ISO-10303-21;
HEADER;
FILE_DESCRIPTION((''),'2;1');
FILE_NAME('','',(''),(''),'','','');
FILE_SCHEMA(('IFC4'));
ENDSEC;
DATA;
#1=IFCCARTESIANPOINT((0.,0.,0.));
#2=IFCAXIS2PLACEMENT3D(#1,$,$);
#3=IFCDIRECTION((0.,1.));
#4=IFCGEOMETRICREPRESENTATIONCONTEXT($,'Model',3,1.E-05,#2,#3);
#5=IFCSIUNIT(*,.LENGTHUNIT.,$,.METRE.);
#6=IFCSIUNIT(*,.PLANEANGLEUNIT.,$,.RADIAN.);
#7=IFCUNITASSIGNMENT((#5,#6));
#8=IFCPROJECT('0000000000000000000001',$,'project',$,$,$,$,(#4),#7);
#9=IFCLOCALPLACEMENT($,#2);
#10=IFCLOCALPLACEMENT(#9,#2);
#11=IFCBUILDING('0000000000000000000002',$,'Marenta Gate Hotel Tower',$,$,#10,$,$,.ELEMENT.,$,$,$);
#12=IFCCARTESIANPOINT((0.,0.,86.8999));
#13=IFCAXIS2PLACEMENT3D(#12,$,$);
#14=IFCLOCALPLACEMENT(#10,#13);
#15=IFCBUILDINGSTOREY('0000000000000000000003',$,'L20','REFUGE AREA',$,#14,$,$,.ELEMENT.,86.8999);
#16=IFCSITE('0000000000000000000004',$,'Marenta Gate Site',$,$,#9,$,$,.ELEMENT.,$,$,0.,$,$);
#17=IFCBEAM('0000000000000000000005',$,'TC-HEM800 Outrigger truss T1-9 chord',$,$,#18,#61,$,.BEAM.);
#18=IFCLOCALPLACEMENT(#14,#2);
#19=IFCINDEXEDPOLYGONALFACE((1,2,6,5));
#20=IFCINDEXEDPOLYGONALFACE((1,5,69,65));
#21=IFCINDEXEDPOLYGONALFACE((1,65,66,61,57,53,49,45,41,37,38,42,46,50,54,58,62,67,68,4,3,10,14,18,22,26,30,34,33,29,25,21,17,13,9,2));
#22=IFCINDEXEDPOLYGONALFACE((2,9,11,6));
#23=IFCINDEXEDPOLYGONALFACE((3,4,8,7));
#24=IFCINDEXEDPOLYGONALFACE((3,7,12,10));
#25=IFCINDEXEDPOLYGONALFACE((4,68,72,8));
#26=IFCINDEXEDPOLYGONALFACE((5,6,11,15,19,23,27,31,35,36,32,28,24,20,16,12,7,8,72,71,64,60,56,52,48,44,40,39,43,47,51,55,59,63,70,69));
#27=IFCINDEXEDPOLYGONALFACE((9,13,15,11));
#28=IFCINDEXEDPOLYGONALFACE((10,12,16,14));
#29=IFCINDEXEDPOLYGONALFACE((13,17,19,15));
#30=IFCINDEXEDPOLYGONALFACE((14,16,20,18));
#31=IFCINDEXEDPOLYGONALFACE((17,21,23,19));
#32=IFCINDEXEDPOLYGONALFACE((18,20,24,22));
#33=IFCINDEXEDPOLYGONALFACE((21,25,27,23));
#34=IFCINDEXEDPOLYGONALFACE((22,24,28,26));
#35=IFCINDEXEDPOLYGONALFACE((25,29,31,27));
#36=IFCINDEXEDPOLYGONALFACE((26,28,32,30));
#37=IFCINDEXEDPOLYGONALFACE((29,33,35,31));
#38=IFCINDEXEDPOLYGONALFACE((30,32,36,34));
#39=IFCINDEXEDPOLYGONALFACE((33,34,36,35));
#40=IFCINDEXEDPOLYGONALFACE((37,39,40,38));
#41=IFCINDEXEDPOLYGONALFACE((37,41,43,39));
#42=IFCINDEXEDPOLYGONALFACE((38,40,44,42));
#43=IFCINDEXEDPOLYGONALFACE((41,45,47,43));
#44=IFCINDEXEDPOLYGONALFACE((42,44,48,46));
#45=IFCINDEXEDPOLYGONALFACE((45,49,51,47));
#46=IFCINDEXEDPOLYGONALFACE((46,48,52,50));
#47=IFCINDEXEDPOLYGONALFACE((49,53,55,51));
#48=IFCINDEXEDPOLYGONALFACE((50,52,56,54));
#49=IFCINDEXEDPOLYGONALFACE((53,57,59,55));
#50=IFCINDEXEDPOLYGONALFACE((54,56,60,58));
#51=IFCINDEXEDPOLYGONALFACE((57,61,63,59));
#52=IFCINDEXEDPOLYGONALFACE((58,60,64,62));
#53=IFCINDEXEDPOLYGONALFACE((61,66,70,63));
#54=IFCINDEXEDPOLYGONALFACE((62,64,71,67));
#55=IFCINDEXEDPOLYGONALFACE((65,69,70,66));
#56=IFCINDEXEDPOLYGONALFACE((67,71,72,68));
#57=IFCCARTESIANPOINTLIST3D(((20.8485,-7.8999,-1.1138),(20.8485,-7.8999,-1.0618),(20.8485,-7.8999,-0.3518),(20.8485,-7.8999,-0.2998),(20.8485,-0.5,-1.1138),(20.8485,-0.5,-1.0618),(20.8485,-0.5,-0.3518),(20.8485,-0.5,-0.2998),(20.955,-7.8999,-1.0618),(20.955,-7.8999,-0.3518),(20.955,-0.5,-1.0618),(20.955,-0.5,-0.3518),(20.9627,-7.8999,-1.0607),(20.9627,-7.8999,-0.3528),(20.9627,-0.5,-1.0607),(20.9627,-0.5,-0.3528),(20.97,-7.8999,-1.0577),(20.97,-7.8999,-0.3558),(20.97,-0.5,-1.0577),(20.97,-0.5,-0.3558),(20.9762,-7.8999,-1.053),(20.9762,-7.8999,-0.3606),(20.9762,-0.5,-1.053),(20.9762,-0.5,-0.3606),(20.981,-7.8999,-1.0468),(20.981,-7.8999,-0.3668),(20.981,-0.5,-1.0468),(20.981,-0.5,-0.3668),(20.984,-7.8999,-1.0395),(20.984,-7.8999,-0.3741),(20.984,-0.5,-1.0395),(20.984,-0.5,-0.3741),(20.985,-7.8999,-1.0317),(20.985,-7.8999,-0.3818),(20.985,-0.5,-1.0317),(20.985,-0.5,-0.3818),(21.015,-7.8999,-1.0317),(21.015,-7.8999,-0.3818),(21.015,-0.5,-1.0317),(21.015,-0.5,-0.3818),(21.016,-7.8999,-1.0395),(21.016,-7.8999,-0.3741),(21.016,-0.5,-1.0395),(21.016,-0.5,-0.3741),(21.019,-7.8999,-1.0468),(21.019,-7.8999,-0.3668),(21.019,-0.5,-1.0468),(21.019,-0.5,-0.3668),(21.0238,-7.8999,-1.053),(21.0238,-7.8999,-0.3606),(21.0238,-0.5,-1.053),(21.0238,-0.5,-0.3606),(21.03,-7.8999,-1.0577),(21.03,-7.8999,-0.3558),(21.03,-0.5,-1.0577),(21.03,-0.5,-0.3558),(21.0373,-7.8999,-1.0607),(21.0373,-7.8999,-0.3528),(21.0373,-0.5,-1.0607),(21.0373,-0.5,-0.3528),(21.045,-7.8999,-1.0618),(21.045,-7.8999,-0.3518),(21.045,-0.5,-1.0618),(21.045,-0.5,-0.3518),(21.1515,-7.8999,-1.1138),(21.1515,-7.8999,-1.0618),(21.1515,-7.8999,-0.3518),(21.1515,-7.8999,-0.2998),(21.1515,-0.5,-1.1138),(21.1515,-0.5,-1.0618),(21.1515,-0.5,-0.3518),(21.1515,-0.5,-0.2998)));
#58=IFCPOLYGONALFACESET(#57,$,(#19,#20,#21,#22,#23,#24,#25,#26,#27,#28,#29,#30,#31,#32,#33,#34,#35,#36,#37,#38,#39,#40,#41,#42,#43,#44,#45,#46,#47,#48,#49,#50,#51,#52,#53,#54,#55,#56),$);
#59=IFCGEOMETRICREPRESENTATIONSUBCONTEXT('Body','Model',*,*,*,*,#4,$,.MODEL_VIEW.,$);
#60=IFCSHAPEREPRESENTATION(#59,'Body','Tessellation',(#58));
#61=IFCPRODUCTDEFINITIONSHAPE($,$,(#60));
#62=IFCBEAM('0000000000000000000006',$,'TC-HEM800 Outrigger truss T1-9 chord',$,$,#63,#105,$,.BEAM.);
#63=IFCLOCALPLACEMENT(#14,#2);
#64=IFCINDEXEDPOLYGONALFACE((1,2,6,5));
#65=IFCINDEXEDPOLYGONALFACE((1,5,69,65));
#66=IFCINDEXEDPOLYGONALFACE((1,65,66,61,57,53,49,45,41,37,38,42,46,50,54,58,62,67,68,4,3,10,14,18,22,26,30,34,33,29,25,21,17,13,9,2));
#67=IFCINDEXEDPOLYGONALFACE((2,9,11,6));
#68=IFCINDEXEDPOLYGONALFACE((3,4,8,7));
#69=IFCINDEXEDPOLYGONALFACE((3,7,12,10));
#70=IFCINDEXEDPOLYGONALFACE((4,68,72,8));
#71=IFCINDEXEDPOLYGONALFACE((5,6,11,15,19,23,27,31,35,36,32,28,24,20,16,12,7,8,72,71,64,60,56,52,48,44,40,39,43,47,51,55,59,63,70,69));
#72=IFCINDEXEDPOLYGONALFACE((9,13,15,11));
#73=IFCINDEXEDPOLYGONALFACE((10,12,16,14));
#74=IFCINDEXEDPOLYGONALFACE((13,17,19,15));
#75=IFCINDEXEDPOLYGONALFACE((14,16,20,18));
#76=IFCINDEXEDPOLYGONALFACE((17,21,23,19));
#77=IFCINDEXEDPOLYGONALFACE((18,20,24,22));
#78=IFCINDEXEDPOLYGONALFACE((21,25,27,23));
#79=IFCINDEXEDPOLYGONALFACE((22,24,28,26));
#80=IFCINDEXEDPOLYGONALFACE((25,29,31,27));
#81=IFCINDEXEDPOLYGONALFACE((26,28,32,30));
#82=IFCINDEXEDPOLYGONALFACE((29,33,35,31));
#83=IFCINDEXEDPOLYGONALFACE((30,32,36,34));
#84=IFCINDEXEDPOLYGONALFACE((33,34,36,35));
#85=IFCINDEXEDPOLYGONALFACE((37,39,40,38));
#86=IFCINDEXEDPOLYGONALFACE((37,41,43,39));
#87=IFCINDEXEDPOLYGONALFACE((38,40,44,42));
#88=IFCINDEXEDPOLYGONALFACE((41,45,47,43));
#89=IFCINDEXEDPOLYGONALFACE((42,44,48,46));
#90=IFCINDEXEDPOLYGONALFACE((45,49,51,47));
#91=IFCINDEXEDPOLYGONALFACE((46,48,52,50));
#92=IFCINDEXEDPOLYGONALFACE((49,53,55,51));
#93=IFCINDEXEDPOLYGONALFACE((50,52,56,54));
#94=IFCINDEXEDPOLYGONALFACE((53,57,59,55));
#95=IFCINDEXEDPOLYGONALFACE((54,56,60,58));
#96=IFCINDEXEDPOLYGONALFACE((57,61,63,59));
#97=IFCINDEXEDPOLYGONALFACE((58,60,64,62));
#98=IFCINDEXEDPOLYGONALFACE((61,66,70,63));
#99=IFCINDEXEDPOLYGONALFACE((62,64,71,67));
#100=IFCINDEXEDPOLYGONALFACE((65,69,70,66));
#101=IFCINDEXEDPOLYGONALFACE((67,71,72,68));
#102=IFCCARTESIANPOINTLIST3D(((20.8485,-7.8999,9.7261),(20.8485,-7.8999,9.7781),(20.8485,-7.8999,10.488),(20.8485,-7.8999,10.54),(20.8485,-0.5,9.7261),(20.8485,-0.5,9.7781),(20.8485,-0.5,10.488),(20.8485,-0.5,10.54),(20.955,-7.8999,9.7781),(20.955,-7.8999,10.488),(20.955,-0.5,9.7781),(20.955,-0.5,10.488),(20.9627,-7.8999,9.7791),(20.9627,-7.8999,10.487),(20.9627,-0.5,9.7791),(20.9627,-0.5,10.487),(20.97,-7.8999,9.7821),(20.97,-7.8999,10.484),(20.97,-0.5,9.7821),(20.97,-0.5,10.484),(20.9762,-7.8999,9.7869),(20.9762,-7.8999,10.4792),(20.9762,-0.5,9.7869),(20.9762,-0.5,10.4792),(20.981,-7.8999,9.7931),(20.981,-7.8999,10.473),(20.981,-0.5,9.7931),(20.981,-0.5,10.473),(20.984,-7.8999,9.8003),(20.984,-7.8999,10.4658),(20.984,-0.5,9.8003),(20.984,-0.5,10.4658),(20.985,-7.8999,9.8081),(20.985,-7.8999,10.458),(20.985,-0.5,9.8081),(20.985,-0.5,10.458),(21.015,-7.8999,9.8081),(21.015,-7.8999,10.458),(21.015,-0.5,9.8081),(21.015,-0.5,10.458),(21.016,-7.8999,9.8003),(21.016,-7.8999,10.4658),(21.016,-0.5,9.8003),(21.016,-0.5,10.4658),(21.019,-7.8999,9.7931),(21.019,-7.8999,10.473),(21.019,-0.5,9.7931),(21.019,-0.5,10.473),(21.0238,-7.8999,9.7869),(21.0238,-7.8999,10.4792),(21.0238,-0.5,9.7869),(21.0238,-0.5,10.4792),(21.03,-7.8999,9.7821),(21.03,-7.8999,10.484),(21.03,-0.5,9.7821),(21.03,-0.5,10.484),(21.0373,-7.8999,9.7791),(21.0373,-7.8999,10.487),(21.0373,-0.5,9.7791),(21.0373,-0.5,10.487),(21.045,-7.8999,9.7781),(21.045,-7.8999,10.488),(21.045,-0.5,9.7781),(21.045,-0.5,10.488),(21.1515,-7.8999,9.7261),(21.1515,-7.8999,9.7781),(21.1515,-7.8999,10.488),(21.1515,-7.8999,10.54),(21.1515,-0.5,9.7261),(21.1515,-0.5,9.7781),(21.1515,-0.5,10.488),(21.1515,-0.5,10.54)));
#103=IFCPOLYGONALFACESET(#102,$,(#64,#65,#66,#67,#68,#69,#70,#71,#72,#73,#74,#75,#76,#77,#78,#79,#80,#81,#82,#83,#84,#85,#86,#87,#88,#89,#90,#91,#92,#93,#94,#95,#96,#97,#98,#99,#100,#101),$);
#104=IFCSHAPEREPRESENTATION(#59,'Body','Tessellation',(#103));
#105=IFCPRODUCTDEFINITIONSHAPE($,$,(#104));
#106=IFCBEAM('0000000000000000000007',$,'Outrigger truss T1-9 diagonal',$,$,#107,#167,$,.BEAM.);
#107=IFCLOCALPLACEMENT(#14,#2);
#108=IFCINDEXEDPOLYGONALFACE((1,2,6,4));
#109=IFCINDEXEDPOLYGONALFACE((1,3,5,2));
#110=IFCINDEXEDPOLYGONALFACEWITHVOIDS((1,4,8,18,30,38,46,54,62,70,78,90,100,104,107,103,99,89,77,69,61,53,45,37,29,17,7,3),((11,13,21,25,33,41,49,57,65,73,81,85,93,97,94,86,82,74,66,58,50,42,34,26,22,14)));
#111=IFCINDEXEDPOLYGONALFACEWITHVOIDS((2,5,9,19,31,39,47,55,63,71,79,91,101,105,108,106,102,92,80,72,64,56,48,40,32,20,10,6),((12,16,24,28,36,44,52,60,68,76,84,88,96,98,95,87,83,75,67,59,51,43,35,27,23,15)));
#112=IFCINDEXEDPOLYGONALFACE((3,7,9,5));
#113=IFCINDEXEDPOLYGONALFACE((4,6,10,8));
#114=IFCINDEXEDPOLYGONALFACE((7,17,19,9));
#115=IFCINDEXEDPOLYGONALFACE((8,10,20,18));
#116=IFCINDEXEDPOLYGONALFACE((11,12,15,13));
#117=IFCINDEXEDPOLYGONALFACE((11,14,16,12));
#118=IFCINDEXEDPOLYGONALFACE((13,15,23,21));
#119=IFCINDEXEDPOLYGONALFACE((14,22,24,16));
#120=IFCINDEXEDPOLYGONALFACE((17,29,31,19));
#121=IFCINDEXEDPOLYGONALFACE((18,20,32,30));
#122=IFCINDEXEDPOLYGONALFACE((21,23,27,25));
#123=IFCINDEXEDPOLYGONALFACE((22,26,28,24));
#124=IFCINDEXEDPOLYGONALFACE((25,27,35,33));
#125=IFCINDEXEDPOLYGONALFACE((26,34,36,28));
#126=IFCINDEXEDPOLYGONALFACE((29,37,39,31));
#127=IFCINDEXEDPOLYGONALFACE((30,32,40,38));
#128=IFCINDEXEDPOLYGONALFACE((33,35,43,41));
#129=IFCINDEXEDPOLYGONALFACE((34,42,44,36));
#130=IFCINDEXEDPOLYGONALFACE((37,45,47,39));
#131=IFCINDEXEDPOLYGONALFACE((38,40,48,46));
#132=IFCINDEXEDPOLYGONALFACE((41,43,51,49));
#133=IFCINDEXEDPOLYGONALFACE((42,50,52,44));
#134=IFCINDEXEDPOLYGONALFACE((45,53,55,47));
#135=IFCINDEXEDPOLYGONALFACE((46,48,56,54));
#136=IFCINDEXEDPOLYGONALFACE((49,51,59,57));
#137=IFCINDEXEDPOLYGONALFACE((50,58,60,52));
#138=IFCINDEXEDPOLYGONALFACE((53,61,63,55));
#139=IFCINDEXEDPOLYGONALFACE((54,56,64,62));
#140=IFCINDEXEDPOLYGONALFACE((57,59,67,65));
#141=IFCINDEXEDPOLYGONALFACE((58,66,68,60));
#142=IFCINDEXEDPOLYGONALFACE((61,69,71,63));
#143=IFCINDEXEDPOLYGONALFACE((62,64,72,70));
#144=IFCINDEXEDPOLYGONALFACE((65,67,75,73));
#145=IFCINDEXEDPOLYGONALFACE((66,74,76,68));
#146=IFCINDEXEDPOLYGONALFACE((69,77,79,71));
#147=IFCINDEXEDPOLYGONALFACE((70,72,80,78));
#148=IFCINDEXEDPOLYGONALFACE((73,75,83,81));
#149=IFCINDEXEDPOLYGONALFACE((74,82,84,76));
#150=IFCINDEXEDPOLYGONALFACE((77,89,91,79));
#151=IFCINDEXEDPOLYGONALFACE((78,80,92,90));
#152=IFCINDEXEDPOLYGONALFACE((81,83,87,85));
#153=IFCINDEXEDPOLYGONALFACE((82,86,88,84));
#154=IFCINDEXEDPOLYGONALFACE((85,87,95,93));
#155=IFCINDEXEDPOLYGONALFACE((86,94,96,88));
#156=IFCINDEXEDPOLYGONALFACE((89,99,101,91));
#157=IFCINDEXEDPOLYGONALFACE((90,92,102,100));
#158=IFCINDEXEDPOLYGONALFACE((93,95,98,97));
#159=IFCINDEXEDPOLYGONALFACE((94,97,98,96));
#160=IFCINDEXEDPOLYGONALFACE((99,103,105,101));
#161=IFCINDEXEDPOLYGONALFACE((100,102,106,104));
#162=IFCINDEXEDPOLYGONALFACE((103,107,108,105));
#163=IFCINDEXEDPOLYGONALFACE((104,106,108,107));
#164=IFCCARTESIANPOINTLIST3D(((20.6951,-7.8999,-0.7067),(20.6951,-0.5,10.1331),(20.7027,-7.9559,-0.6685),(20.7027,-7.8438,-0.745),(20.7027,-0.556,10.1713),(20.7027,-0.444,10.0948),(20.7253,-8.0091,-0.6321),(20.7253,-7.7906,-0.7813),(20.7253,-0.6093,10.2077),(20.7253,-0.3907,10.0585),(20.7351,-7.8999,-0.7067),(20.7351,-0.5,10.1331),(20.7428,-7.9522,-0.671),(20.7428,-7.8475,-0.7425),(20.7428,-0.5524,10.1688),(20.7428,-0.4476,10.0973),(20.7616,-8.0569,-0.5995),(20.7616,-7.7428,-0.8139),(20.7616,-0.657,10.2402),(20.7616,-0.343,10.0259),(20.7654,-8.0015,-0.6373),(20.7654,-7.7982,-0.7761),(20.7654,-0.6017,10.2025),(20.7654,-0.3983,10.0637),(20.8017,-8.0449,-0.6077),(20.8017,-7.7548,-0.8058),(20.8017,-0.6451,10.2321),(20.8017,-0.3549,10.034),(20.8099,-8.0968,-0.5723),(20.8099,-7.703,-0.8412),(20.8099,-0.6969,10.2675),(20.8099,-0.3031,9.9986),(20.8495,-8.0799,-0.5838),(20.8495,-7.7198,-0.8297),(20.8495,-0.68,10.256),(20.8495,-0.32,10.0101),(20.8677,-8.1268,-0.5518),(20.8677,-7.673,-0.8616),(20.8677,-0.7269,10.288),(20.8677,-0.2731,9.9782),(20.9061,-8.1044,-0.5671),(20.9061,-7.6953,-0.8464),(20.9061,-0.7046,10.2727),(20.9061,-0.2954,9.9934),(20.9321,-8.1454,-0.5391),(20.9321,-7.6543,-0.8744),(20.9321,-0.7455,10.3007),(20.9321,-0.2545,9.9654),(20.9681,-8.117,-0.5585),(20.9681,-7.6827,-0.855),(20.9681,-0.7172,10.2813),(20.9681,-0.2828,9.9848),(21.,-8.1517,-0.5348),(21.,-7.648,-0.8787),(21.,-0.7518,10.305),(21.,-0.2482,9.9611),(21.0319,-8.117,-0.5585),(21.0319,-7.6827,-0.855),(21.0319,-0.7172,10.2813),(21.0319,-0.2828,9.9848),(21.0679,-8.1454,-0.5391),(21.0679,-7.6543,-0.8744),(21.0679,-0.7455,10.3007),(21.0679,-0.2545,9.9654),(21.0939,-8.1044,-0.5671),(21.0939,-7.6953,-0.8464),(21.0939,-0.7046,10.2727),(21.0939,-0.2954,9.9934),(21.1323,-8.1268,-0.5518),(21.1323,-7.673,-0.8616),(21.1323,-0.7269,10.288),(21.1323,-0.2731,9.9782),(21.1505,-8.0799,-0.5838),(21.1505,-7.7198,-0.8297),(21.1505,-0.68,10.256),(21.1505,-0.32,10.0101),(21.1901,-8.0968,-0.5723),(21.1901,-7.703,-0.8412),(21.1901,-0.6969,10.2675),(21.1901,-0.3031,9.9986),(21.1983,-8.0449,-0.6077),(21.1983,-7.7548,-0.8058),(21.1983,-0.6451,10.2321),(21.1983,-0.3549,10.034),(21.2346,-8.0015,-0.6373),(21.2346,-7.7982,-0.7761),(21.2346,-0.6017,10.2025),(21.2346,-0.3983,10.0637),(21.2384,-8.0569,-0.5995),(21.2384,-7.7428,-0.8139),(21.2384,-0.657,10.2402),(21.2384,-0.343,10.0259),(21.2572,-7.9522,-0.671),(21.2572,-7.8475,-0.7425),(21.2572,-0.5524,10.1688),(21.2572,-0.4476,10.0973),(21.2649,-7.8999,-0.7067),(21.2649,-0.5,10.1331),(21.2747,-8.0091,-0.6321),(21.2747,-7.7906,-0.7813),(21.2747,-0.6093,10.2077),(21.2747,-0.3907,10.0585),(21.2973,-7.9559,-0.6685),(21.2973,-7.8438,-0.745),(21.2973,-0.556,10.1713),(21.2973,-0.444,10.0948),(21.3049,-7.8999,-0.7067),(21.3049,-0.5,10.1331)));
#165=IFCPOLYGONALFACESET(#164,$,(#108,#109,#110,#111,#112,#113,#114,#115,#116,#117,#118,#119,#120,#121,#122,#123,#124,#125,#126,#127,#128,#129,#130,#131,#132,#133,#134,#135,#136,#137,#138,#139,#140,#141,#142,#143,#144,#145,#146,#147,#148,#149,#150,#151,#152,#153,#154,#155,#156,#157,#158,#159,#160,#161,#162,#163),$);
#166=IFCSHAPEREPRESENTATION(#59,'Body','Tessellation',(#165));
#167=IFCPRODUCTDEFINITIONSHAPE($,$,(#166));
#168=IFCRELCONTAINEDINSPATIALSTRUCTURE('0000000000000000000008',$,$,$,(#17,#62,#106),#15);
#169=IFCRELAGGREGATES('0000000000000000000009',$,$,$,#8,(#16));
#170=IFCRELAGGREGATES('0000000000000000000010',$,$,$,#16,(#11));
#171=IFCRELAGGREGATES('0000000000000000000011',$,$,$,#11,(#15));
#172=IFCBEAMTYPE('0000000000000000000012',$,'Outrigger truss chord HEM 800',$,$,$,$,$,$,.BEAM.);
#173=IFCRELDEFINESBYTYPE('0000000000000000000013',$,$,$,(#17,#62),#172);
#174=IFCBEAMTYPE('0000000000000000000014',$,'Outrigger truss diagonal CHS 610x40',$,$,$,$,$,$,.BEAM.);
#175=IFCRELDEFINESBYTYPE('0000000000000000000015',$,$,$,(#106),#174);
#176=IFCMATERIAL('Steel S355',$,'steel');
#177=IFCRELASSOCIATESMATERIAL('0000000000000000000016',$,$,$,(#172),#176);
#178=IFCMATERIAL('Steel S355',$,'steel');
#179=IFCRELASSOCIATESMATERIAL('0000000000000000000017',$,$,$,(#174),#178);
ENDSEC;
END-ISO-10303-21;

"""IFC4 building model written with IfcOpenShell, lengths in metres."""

from ifc_helpers import new_model, si_unit, direction, frame, origin, origin_2d, place, context, subcontext, project, spatial, hollow_circle, i_section, extrude, material, material_profile, profile_set, type_object, element, save


model = new_model("IFC4")

# Units and contexts
model_context = context("Model", 3, precision=1e-05, world=origin(), true_north=direction((0.0, 1.0)))
body_context = subcontext(model_context, "Body", "Model", "MODEL_VIEW")
ifc_project = project(units=[si_unit("LENGTHUNIT", "METRE"), si_unit("PLANEANGLEUNIT", "RADIAN")], contexts=[model_context])

# Site, building, storey
site_placement = place(None, origin())
site = spatial("IfcSite", under=ifc_project, at=site_placement, Name="Marenta Gate Site", CompositionType="ELEMENT", RefElevation=0.0)
building_placement = place(site_placement, origin())
building = spatial("IfcBuilding", under=site, at=building_placement, Name="Marenta Gate Hotel Tower", CompositionType="ELEMENT")
storey_placement = place(building_placement, frame((0.0, 0.0, 86.8999)))
storey = spatial("IfcBuildingStorey", under=building, at=storey_placement, Name="L20", Description="REFUGE AREA", CompositionType="ELEMENT", Elevation=86.8999)

# Beams
ifc_material_1 = material(Name="Steel S355", Category="steel")
ifc_material_profile_1 = material_profile(ifc_material_1, i_section(OverallWidth=0.303, OverallDepth=0.814, WebThickness=0.03, FlangeThickness=0.052, FilletRadius=0.03, at=origin_2d()), Name="HEM 800")
ifc_profile_set_1 = profile_set([ifc_material_profile_1], Name="Steel S355")
beam_type_1 = type_object("IfcBeamType", Name="Outrigger truss chord HEM 800", PredefinedType="BEAM", material=ifc_profile_set_1)
for number, where, z_axis, x_axis, name in (
    (1, (21.0, -0.5, -0.7068), (0.0, -1.0, 0.0), (1.0, 0.0, 0.0), "TC-HEM800 Outrigger truss T1-9 chord"),
    (2, (21.0, -0.5, 10.1331), (0.0, -1.0, 0.0), (1.0, 0.0, 0.0), "TC-HEM800 Outrigger truss T1-9 chord"),
):
    element("IfcBeam", number, at=place(storey_placement, frame(where, z_axis=z_axis, x_axis=x_axis)), inside=storey, type_object=beam_type_1, Name=name, PredefinedType="BEAM", context=body_context, shape_type="SweptSolid", body=[
        extrude(i_section(OverallWidth=0.303, OverallDepth=0.814, WebThickness=0.03, FlangeThickness=0.052, FilletRadius=0.03, at=origin_2d()), origin(), (0.0, 0.0, 1.0), 7.3999),
    ])
ifc_material_2 = material(Name="Steel S355", Category="steel")
ifc_material_profile_2 = material_profile(ifc_material_2, hollow_circle(Radius=0.3049, WallThickness=0.04, at=origin_2d()), Name="CHS 610x40")
ifc_profile_set_2 = profile_set([ifc_material_profile_2], Name="Steel S355")
beam_type_2 = type_object("IfcBeamType", Name="Outrigger truss diagonal CHS 610x40", PredefinedType="BEAM", material=ifc_profile_set_2)
beam_1_placement = place(storey_placement, frame((21.0, -0.5, 10.1331), z_axis=(0.0, -0.56381, -0.825905), x_axis=(1.0, 0.0, 0.0)))
element("IfcBeam", 3, at=beam_1_placement, inside=storey, type_object=beam_type_2, Name="Outrigger truss T1-9 diagonal", PredefinedType="BEAM", context=body_context, shape_type="SweptSolid", body=[
    extrude(hollow_circle(Radius=0.3049, WallThickness=0.04, at=origin_2d()), origin(), (0.0, 0.0, 1.0), 13.1248),
])

save(model, "model.ifc")
